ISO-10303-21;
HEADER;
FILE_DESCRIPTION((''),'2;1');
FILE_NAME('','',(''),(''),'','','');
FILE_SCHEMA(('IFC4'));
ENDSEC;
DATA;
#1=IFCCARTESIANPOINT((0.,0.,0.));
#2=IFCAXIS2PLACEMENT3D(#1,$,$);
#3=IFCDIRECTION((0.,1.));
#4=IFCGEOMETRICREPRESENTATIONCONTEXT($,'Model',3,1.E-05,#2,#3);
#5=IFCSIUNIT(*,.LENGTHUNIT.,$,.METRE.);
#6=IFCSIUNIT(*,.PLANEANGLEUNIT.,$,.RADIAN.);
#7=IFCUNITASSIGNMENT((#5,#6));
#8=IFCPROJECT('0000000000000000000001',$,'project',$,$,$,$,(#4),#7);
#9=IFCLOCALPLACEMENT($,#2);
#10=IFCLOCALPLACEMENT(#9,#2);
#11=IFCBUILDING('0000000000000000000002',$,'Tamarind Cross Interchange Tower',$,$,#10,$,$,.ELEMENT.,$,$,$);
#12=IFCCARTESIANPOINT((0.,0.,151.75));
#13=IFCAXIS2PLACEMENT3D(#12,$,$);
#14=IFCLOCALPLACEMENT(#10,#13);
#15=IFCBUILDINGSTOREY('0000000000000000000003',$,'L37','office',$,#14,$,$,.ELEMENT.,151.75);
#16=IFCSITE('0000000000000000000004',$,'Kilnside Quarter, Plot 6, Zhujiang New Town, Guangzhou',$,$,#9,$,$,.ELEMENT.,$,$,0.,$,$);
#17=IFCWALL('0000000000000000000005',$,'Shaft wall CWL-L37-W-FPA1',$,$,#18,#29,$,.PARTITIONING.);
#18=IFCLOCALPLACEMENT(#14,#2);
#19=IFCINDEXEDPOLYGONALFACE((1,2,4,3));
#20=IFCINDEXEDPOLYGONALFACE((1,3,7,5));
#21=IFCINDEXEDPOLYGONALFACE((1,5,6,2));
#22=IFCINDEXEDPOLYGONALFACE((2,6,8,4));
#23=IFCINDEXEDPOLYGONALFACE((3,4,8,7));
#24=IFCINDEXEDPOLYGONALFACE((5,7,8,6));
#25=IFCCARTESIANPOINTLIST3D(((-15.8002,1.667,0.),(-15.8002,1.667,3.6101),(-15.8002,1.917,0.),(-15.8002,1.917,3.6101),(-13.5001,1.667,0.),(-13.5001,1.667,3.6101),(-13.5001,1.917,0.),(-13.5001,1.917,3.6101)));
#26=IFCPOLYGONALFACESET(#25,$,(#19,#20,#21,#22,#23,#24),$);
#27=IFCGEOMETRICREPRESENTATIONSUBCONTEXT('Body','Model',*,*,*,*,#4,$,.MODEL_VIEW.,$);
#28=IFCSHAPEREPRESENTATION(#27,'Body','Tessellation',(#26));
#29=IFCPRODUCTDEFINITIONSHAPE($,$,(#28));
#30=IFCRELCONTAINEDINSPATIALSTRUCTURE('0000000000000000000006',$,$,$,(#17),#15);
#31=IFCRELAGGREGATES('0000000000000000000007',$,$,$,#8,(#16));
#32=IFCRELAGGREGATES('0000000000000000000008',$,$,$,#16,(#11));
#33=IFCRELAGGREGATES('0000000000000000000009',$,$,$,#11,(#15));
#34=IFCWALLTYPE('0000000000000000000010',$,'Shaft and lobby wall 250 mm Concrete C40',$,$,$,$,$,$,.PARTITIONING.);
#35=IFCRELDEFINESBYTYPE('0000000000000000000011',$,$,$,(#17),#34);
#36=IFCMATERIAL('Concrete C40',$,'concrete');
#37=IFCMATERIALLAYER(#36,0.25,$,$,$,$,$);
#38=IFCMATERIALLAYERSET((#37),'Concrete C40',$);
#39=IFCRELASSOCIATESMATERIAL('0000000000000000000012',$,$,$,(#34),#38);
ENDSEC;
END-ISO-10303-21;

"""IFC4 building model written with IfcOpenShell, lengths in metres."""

from ifc_helpers import new_model, si_unit, direction, frame, frame_2d, origin, place, context, subcontext, project, spatial, rectangle, extrude, material, layer, layer_set, type_object, element, save


model = new_model("IFC4")

# Units and contexts
model_context = context("Model", 3, precision=1e-05, world=origin(), true_north=direction((0.0, 1.0)))
body_context = subcontext(model_context, "Body", "Model", "MODEL_VIEW")
ifc_project = project(units=[si_unit("LENGTHUNIT", "METRE"), si_unit("PLANEANGLEUNIT", "RADIAN")], contexts=[model_context])

# Site, building, storey
site_placement = place(None, origin())
site = spatial("IfcSite", under=ifc_project, at=site_placement, Name="Kilnside Quarter, Plot 6, Zhujiang New Town, Guangzhou", CompositionType="ELEMENT", RefElevation=0.0)
building_placement = place(site_placement, origin())
building = spatial("IfcBuilding", under=site, at=building_placement, Name="Tamarind Cross Interchange Tower", CompositionType="ELEMENT")
storey_placement = place(building_placement, frame((0.0, 0.0, 151.75)))
storey = spatial("IfcBuildingStorey", under=building, at=storey_placement, Name="L37", Description="office", CompositionType="ELEMENT", Elevation=151.75)

# Wall
ifc_material_1 = material(Name="Concrete C40", Category="concrete")
ifc_layer_1 = layer(ifc_material_1, 0.25)
ifc_layer_set_1 = layer_set([ifc_layer_1], Name="Concrete C40")
wall_type_1 = type_object("IfcWallType", Name="Shaft and lobby wall 250 mm Concrete C40", PredefinedType="PARTITIONING", material=ifc_layer_set_1)
wall_1_placement = place(storey_placement, frame((-15.8, 1.792, 0.0), z_axis=(0.0, 0.0, 1.0), x_axis=(1.0, 0.0, 0.0)))
element("IfcWall", 1, at=wall_1_placement, inside=storey, type_object=wall_type_1, Name="Shaft wall CWL-L37-W-FPA1", PredefinedType="PARTITIONING", context=body_context, shape_type="SweptSolid", body=[
    extrude(rectangle(XDim=2.3, YDim=0.25, at=frame_2d((1.1499, 0.0))), origin(), (0.0, 0.0, 1.0), 3.6101),
])

save(model, "model.ifc")
